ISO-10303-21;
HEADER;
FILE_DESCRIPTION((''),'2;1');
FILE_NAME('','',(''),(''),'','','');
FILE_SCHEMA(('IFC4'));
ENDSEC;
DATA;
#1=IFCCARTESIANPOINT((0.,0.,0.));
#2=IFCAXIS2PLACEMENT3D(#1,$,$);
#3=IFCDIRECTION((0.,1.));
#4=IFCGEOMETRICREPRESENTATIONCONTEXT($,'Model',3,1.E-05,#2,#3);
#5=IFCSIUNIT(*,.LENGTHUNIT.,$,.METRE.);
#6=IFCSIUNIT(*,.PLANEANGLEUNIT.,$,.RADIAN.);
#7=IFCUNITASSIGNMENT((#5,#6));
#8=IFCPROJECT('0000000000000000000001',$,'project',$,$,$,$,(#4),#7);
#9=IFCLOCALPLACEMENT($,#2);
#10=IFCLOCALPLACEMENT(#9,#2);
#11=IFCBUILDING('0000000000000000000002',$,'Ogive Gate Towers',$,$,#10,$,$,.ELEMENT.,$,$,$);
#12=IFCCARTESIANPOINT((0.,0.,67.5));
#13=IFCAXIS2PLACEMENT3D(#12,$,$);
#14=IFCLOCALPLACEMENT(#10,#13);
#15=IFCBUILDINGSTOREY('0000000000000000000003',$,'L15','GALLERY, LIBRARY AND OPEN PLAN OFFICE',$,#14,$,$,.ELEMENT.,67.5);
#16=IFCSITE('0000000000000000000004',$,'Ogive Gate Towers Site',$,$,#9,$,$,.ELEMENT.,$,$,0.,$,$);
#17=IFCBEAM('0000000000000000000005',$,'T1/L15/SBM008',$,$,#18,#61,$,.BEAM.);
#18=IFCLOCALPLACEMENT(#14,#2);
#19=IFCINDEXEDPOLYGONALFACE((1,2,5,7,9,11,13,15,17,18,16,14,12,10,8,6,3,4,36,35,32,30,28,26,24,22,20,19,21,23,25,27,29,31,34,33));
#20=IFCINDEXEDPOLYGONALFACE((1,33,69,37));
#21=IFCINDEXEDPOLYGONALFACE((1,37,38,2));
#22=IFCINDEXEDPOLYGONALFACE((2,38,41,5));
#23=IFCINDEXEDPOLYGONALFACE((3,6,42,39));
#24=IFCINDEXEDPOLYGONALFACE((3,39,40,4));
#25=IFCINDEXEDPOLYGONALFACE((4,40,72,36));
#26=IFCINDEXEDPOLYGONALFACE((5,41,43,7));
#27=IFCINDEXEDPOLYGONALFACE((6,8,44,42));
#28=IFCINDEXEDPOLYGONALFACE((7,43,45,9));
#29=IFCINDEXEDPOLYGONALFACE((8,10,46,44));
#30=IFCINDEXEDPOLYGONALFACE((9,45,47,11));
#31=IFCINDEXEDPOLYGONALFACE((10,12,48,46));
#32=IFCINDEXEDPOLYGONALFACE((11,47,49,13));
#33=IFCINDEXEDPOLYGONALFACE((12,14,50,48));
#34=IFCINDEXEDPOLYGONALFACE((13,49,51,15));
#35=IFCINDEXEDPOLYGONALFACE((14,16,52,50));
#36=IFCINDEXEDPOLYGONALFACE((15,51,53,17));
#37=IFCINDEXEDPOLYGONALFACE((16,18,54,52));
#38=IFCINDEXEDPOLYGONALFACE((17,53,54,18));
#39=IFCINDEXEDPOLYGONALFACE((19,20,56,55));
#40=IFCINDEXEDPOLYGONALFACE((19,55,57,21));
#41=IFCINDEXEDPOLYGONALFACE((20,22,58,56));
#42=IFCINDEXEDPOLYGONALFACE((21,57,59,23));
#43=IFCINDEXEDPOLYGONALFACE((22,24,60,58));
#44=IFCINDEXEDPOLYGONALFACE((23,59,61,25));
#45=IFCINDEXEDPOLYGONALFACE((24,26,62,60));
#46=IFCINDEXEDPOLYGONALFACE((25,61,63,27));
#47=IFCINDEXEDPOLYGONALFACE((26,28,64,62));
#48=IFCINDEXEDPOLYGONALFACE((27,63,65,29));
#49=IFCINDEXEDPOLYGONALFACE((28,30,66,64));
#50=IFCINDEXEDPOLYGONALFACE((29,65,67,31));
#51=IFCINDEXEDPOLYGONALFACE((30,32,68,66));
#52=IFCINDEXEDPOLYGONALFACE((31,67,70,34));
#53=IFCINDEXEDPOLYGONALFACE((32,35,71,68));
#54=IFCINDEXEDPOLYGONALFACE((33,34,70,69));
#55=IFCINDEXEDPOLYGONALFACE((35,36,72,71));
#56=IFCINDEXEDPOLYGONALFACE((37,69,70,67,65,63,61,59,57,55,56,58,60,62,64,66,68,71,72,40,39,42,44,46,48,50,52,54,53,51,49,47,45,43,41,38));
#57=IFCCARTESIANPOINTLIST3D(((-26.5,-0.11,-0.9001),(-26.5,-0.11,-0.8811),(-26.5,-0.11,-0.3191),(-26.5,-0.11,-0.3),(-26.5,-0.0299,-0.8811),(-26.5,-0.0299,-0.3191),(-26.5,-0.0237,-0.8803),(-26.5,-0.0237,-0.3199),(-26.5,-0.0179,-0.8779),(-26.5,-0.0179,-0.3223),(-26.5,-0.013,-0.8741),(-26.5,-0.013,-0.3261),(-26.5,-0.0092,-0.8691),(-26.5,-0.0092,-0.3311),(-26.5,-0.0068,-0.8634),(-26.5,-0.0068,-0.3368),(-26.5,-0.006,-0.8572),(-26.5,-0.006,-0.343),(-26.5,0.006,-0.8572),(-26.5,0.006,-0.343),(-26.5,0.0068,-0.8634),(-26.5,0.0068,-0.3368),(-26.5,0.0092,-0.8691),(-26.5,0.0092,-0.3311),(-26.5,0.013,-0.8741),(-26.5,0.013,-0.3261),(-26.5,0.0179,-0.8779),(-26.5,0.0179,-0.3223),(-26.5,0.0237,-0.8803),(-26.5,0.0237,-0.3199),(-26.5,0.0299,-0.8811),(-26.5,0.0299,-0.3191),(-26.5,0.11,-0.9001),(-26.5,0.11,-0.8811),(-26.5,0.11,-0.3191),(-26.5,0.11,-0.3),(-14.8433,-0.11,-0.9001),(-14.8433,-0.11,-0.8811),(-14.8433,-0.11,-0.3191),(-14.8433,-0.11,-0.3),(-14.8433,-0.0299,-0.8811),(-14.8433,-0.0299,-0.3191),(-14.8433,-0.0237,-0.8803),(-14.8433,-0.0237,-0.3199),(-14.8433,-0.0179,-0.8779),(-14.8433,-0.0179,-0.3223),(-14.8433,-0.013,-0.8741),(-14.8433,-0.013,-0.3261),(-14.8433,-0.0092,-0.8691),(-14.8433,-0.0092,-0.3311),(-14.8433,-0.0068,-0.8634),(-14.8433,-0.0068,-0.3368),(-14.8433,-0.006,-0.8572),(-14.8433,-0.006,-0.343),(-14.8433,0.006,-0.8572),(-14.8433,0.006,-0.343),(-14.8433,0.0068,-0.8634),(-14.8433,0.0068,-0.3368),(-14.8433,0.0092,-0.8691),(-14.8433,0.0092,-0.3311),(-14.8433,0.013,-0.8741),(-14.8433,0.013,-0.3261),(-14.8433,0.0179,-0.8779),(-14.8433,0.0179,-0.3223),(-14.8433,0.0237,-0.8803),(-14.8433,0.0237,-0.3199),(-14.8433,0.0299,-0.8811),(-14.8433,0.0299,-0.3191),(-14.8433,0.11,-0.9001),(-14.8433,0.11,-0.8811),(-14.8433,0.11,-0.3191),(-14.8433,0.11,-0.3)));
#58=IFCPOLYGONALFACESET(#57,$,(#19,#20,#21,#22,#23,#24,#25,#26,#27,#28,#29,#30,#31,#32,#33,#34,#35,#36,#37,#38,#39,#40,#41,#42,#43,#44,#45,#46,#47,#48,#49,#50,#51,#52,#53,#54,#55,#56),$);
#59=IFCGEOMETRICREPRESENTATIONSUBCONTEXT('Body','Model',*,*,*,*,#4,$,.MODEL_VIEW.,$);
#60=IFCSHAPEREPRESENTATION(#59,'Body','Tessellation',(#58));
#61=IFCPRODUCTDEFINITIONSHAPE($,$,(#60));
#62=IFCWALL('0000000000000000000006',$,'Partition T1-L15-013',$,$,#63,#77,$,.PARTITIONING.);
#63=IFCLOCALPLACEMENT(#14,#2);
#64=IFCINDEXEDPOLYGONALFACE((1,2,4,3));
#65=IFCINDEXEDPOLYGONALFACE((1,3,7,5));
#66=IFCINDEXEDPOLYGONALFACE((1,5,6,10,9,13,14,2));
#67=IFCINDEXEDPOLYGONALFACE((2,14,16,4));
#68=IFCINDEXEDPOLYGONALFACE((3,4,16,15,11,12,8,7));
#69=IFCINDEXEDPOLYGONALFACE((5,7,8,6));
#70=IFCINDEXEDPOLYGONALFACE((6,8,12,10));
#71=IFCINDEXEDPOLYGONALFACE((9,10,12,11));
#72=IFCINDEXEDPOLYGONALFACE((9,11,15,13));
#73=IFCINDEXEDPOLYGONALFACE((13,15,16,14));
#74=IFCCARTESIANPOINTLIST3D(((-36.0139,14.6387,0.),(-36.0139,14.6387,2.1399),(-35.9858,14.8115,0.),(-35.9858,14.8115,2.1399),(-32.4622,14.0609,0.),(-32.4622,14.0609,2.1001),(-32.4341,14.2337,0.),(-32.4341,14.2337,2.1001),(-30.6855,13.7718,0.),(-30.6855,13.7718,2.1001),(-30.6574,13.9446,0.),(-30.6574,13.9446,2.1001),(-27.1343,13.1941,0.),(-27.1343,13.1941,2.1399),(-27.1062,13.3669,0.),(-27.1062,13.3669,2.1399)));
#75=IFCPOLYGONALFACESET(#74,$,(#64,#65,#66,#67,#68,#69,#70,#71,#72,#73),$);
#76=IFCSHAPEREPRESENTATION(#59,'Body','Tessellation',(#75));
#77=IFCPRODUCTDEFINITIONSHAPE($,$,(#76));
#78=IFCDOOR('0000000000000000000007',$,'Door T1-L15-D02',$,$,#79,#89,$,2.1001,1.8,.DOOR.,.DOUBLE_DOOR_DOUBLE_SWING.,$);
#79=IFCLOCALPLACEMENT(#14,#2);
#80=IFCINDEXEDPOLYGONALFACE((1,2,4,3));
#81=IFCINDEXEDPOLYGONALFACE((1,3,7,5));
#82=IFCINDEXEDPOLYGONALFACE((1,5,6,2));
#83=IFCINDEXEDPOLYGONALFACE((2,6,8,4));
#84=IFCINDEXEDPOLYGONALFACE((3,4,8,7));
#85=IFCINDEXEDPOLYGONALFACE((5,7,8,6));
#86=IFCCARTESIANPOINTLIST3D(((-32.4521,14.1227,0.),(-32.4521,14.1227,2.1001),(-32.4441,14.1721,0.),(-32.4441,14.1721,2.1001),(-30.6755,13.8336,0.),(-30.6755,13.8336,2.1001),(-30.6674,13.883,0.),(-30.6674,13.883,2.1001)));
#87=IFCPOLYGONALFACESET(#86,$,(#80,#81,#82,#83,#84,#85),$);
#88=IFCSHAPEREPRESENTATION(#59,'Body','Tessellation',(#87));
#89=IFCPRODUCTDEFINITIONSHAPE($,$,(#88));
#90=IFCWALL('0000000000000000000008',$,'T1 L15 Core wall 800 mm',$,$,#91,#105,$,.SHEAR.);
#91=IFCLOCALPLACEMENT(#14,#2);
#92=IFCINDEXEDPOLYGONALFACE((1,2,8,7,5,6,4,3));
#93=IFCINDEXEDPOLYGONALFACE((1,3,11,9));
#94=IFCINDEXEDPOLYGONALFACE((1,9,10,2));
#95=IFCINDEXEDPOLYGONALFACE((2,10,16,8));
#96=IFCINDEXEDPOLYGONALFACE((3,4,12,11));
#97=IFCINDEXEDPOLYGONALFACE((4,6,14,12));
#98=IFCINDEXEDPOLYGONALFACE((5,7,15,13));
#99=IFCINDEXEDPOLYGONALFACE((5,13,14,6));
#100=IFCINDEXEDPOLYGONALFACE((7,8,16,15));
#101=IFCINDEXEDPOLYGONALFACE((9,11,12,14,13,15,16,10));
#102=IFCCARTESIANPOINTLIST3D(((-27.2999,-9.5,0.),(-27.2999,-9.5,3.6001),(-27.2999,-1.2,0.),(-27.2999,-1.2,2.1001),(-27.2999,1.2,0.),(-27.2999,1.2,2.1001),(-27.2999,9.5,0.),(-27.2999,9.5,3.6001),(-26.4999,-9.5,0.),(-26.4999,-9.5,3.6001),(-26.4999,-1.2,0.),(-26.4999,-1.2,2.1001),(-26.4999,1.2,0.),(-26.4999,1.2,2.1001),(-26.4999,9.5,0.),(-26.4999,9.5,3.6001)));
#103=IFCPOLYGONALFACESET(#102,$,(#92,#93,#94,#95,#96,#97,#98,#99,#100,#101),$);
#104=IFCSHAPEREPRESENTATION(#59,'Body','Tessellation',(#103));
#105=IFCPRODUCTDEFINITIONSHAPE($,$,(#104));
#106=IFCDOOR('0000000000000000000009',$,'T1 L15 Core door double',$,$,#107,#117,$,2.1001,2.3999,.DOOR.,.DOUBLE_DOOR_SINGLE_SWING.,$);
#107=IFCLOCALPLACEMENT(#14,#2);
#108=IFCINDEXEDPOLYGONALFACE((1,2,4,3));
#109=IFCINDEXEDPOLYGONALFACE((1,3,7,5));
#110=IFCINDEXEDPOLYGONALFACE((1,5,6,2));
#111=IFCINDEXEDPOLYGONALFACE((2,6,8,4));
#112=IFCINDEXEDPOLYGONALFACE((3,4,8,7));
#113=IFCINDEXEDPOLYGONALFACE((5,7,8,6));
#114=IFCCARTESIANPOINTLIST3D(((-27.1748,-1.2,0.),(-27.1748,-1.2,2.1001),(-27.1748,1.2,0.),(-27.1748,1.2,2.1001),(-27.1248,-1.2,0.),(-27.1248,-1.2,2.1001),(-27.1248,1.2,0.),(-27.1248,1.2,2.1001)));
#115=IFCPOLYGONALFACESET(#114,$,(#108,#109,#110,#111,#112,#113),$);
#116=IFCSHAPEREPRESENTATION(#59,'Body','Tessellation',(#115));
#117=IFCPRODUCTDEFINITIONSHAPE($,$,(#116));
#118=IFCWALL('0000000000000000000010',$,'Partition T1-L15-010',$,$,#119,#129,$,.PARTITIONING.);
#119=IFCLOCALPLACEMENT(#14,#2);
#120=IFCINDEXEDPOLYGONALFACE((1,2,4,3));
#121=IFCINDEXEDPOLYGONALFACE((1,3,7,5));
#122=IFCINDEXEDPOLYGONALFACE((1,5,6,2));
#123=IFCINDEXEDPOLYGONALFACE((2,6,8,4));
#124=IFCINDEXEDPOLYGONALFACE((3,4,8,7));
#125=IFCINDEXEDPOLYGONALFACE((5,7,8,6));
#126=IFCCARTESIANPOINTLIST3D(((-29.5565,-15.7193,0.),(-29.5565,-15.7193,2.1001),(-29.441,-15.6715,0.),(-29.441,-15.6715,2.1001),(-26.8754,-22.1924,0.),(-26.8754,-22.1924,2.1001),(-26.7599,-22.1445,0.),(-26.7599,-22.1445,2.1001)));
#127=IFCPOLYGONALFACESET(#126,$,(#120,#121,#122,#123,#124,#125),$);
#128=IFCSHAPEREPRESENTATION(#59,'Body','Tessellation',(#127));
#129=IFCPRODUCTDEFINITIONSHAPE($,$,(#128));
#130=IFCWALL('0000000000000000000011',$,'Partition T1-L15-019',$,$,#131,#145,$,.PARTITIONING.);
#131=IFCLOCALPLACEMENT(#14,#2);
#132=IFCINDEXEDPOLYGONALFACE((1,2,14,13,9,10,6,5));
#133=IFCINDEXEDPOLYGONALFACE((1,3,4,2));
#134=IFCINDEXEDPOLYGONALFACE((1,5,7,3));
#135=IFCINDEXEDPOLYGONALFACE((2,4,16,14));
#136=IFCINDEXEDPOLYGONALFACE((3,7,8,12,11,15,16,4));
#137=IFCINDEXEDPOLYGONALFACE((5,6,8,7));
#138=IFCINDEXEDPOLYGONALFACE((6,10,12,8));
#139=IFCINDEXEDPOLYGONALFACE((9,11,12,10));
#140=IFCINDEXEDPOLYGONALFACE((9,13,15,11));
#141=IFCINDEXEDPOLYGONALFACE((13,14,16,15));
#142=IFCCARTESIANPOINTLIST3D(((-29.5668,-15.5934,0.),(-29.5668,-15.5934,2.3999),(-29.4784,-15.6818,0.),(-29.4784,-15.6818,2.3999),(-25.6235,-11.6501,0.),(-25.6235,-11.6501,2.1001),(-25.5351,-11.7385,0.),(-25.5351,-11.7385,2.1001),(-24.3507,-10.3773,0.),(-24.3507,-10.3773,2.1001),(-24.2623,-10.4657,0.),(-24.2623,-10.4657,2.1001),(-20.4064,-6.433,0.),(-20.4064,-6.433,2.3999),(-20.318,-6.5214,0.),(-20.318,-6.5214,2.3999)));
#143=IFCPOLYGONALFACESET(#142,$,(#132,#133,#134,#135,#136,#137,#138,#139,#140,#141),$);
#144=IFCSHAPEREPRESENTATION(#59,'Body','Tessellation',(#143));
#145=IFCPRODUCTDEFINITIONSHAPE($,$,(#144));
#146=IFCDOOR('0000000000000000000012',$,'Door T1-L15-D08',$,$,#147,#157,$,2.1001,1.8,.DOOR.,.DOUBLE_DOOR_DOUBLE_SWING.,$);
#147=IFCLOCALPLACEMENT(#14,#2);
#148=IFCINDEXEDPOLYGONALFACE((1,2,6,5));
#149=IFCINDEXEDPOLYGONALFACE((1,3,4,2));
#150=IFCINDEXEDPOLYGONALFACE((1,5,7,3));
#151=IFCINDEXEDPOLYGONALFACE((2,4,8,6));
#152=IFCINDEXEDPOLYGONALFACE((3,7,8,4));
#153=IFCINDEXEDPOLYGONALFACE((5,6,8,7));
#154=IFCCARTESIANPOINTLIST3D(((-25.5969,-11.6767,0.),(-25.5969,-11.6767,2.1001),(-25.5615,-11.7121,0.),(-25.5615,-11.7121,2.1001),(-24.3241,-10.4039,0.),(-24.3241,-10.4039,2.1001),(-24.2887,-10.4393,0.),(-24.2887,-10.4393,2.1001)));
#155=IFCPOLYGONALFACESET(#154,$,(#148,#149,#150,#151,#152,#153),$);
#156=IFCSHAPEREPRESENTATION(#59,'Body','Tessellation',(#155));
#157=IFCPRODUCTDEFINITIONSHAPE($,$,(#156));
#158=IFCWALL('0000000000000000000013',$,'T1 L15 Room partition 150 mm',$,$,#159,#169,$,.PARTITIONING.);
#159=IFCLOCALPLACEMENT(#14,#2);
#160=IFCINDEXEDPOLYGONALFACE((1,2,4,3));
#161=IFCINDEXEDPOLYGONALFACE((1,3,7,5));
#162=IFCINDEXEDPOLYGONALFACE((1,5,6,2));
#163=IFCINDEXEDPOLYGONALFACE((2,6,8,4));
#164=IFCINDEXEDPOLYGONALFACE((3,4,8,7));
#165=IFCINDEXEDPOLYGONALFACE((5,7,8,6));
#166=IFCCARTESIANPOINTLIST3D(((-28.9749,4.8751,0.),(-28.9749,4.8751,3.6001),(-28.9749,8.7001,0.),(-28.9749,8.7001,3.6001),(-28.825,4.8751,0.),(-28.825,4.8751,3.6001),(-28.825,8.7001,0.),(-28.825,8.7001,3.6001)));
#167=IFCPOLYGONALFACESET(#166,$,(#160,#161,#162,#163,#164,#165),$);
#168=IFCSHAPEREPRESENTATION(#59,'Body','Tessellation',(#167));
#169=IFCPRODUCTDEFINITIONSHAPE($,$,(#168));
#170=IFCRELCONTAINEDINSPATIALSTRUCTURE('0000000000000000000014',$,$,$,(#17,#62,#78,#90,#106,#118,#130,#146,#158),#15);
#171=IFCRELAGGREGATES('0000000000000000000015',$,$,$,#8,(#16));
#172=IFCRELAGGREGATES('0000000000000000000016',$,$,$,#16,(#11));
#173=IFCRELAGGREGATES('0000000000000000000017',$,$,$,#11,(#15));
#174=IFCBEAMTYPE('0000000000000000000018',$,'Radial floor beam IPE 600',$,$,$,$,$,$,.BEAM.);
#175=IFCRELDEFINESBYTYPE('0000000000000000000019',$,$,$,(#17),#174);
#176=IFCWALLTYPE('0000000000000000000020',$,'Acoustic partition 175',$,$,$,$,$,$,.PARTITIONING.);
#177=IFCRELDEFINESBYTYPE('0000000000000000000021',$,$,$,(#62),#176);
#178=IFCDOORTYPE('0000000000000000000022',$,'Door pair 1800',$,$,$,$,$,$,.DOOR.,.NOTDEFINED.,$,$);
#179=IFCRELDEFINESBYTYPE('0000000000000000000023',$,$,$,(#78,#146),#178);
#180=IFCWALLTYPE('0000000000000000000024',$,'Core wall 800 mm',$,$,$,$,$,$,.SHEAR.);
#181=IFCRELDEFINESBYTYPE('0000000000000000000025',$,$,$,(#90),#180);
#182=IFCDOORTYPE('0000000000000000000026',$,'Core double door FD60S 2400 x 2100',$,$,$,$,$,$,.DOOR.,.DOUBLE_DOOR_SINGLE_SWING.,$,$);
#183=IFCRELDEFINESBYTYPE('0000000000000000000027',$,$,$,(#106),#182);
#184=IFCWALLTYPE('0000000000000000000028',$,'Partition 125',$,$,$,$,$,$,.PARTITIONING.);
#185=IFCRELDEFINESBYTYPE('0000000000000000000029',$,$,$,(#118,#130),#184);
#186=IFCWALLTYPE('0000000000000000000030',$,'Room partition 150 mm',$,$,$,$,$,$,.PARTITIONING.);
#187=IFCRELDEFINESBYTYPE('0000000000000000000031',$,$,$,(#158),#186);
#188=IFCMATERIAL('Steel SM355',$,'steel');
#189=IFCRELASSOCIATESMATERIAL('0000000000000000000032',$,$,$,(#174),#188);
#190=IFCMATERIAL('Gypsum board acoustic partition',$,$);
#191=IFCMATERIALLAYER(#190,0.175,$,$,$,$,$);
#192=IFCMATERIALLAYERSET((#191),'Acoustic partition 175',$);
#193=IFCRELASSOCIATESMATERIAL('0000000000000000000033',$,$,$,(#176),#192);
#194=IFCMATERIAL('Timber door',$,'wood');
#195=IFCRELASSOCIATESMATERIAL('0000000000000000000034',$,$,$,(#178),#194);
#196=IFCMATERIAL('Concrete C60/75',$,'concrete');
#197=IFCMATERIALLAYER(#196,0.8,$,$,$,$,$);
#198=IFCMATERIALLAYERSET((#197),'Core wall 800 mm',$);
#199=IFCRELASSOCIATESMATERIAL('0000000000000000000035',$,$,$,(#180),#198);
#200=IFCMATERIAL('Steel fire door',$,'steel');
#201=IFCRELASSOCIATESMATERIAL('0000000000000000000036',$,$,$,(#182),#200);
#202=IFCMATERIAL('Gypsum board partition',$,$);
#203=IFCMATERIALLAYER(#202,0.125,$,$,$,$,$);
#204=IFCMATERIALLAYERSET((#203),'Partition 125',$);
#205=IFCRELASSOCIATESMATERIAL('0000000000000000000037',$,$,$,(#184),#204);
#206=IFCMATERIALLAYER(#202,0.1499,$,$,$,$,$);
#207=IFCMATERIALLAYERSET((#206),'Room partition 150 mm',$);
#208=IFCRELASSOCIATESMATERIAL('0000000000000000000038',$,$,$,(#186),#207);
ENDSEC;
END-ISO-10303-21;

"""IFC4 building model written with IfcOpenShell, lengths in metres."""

from ifc_helpers import new_model, si_unit, direction, frame, frame_2d, origin, origin_2d, place, context, subcontext, project, spatial, rectangle, i_section, extrude, material, layer, layer_set, material_profile, profile_set, type_object, element, fill, save


model = new_model("IFC4")

# Units and contexts
model_context = context("Model", 3, precision=1e-05, world=origin(), true_north=direction((0.0, 1.0)))
body_context = subcontext(model_context, "Body", "Model", "MODEL_VIEW")
ifc_project = project(units=[si_unit("LENGTHUNIT", "METRE"), si_unit("PLANEANGLEUNIT", "RADIAN")], contexts=[model_context])

# Site, building, storey
site_placement = place(None, origin())
site = spatial("IfcSite", under=ifc_project, at=site_placement, Name="Ogive Gate Towers Site", CompositionType="ELEMENT", RefElevation=0.0)
building_placement = place(site_placement, origin())
building = spatial("IfcBuilding", under=site, at=building_placement, Name="Ogive Gate Towers", CompositionType="ELEMENT")
storey_placement = place(building_placement, frame((0.0, 0.0, 67.5)))
storey = spatial("IfcBuildingStorey", under=building, at=storey_placement, Name="L15", Description="GALLERY, LIBRARY AND OPEN PLAN OFFICE", CompositionType="ELEMENT", Elevation=67.5)

# Beam
ifc_material_1 = material(Name="Steel SM355", Category="steel")
ifc_material_profile_1 = material_profile(ifc_material_1, i_section(OverallWidth=0.22, OverallDepth=0.6001, WebThickness=0.012, FlangeThickness=0.019, FilletRadius=0.0239, at=origin_2d()), Name="IPE 600")
ifc_profile_set_1 = profile_set([ifc_material_profile_1], Name="Steel SM355")
beam_type_1 = type_object("IfcBeamType", Name="Radial floor beam IPE 600", PredefinedType="BEAM", material=ifc_profile_set_1)
beam_placement = place(storey_placement, frame((-26.5, 0.0, -0.6001), z_axis=(1.0, 0.0, 0.0), x_axis=(0.0, 1.0, 0.0)))
element("IfcBeam", 1, at=beam_placement, inside=storey, type_object=beam_type_1, Name="T1/L15/SBM008", PredefinedType="BEAM", context=body_context, shape_type="SweptSolid", body=[
    extrude(i_section(OverallWidth=0.22, OverallDepth=0.6001, WebThickness=0.012, FlangeThickness=0.019, FilletRadius=0.0239, at=origin_2d()), origin(), (0.0, 0.0, 1.0), 11.6567),
])

# Walls, openings, doors
ifc_material_2 = material(Name="Gypsum board acoustic partition")
ifc_layer_1 = layer(ifc_material_2, 0.175)
ifc_layer_set_1 = layer_set([ifc_layer_1], Name="Acoustic partition 175")
wall_type_1 = type_object("IfcWallType", Name="Acoustic partition 175", PredefinedType="PARTITIONING", material=ifc_layer_set_1)
wall_1_placement = place(storey_placement, frame((-27.1204, 13.2805, 0.0), z_axis=(0.0, 0.0, 1.0), x_axis=(-0.987024, 0.160574, 0.0)))
wall_1 = element("IfcWall", 2, at=wall_1_placement, inside=storey, type_object=wall_type_1, Name="Partition T1-L15-013", PredefinedType="PARTITIONING", context=body_context, shape_type="SweptSolid", body=[
    extrude(rectangle(XDim=8.9963, YDim=0.175, at=frame_2d((4.498, 0.0))), origin(), (0.0, 0.0, 1.0), 2.1399),
])
opening_1_placement = place(wall_1_placement, frame((3.5979, 0.0, 0.0)))
opening_1 = element("IfcOpeningElement", 3, at=opening_1_placement, cuts=wall_1, PredefinedType="OPENING", context=body_context, shape_type="SweptSolid", body=[
    extrude(rectangle(XDim=1.8, YDim=2.1001, at=frame_2d((0.8999, 1.05))), frame((0.0, 0.0977, 0.0), z_axis=(0.0, -1.0, 0.0), x_axis=(1.0, 0.0, 0.0)), (0.0, 0.0, 1.0), 0.1951),
])
ifc_material_3 = material(Name="Timber door", Category="wood")
door_type_1 = type_object("IfcDoorType", Name="Door pair 1800", OperationType="NOTDEFINED", PredefinedType="DOOR", material=ifc_material_3)
door_1_placement = place(opening_1_placement, origin())
door_1 = element("IfcDoor", 4, at=door_1_placement, inside=storey, type_object=door_type_1, Name="Door T1-L15-D02", OperationType="DOUBLE_DOOR_DOUBLE_SWING", OverallHeight=2.1001, OverallWidth=1.8, PredefinedType="DOOR", context=body_context, shape_type="SweptSolid", body=[
    extrude(rectangle(XDim=1.8, YDim=2.1001, at=frame_2d((0.8999, 1.05))), frame((0.0, 0.0249, 0.0), z_axis=(0.0, -1.0, 0.0), x_axis=(1.0, 0.0, 0.0)), (0.0, 0.0, 1.0), 0.05),
])
fill(opening_1, door_1)
ifc_material_4 = material(Name="Concrete C60/75", Category="concrete")
ifc_layer_2 = layer(ifc_material_4, 0.8)
ifc_layer_set_2 = layer_set([ifc_layer_2], Name="Core wall 800 mm")
wall_type_2 = type_object("IfcWallType", Name="Core wall 800 mm", PredefinedType="SHEAR", material=ifc_layer_set_2)
wall_2_placement = place(storey_placement, frame((-26.8999, -9.5, 0.0), z_axis=(0.0, 0.0, 1.0), x_axis=(0.0, 1.0, 0.0)))
wall_2 = element("IfcWall", 5, at=wall_2_placement, inside=storey, type_object=wall_type_2, Name="T1 L15 Core wall 800 mm", PredefinedType="SHEAR", context=body_context, shape_type="SweptSolid", body=[
    extrude(rectangle(XDim=19.0, YDim=0.8, at=frame_2d((9.5, 0.0))), origin(), (0.0, 0.0, 1.0), 3.6001),
])
opening_2_placement = place(wall_2_placement, frame((8.3, 0.0, 0.0)))
opening_2 = element("IfcOpeningElement", 6, at=opening_2_placement, cuts=wall_2, PredefinedType="OPENING", context=body_context, shape_type="SweptSolid", body=[
    extrude(rectangle(XDim=2.3999, YDim=2.1001, at=frame_2d((1.2, 1.05))), frame((0.0, 0.4102, 0.0), z_axis=(0.0, -1.0, 0.0), x_axis=(1.0, 0.0, 0.0)), (0.0, 0.0, 1.0), 0.8201),
])
ifc_material_5 = material(Name="Steel fire door", Category="steel")
door_type_2 = type_object("IfcDoorType", Name="Core double door FD60S 2400 x 2100", OperationType="DOUBLE_DOOR_SINGLE_SWING", PredefinedType="DOOR", material=ifc_material_5)
door_2_placement = place(opening_2_placement, origin())
door_2 = element("IfcDoor", 7, at=door_2_placement, inside=storey, type_object=door_type_2, Name="T1 L15 Core door double", OperationType="DOUBLE_DOOR_SINGLE_SWING", OverallHeight=2.1001, OverallWidth=2.3999, PredefinedType="DOOR", context=body_context, shape_type="SweptSolid", body=[
    extrude(rectangle(XDim=2.3999, YDim=2.1001, at=frame_2d((1.2, 1.05))), frame((0.0, 0.2749, 0.0), z_axis=(0.0, -1.0, 0.0), x_axis=(1.0, 0.0, 0.0)), (0.0, 0.0, 1.0), 0.05),
])
fill(opening_2, door_2)

# Wall
ifc_material_6 = material(Name="Gypsum board partition")
ifc_layer_3 = layer(ifc_material_6, 0.125)
ifc_layer_set_3 = layer_set([ifc_layer_3], Name="Partition 125")
wall_type_3 = type_object("IfcWallType", Name="Partition 125", PredefinedType="PARTITIONING", material=ifc_layer_set_3)
wall_3_placement = place(storey_placement, frame((-26.8176, -22.1685, 0.0), z_axis=(0.0, 0.0, 1.0), x_axis=(-0.38267, 0.923885, 0.0)))
element("IfcWall", 8, at=wall_3_placement, inside=storey, type_object=wall_type_3, Name="Partition T1-L15-010", PredefinedType="PARTITIONING", context=body_context, shape_type="SweptSolid", body=[
    extrude(rectangle(XDim=7.0063, YDim=0.125, at=frame_2d((3.5032, 0.0))), origin(), (0.0, 0.0, 1.0), 2.1001),
])

# Wall, opening, door
wall_4_placement = place(storey_placement, frame((-29.5227, -15.6377, 0.0), z_axis=(0.0, 0.0, 1.0), x_axis=(0.707107, 0.707107, 0.0)))
wall_4 = element("IfcWall", 9, at=wall_4_placement, inside=storey, type_object=wall_type_3, Name="Partition T1-L15-019", PredefinedType="PARTITIONING", context=body_context, shape_type="SweptSolid", body=[
    extrude(rectangle(XDim=12.9548, YDim=0.125, at=frame_2d((6.4775, 0.0))), origin(), (0.0, 0.0, 1.0), 2.3999),
])
opening_3_placement = place(wall_4_placement, frame((5.5769, 0.0, 0.0)))
opening_3 = element("IfcOpeningElement", 10, at=opening_3_placement, cuts=wall_4, PredefinedType="OPENING", context=body_context, shape_type="SweptSolid", body=[
    extrude(rectangle(XDim=1.8, YDim=2.1001, at=frame_2d((0.8999, 1.05))), frame((0.0, 0.0725, 0.0), z_axis=(0.0, -1.0, 0.0), x_axis=(1.0, 0.0, 0.0)), (0.0, 0.0, 1.0), 0.145),
])
door_3_placement = place(opening_3_placement, origin())
door_3 = element("IfcDoor", 11, at=door_3_placement, inside=storey, type_object=door_type_1, Name="Door T1-L15-D08", OperationType="DOUBLE_DOOR_DOUBLE_SWING", OverallHeight=2.1001, OverallWidth=1.8, PredefinedType="DOOR", context=body_context, shape_type="SweptSolid", body=[
    extrude(rectangle(XDim=1.8, YDim=2.1001, at=frame_2d((0.8999, 1.05))), frame((0.0, 0.0249, 0.0), z_axis=(0.0, -1.0, 0.0), x_axis=(1.0, 0.0, 0.0)), (0.0, 0.0, 1.0), 0.05),
])
fill(opening_3, door_3)

# Wall
ifc_layer_4 = layer(ifc_material_6, 0.1499)
ifc_layer_set_4 = layer_set([ifc_layer_4], Name="Room partition 150 mm")
wall_type_4 = type_object("IfcWallType", Name="Room partition 150 mm", PredefinedType="PARTITIONING", material=ifc_layer_set_4)
wall_5_placement = place(storey_placement, frame((-28.8999, 4.875, 0.0), z_axis=(0.0, 0.0, 1.0), x_axis=(0.0, 1.0, 0.0)))
element("IfcWall", 12, at=wall_5_placement, inside=storey, type_object=wall_type_4, Name="T1 L15 Room partition 150 mm", PredefinedType="PARTITIONING", context=body_context, shape_type="SweptSolid", body=[
    extrude(rectangle(XDim=3.825, YDim=0.1499, at=frame_2d((1.9126, 0.0))), origin(), (0.0, 0.0, 1.0), 3.6001),
])

save(model, "model.ifc")
